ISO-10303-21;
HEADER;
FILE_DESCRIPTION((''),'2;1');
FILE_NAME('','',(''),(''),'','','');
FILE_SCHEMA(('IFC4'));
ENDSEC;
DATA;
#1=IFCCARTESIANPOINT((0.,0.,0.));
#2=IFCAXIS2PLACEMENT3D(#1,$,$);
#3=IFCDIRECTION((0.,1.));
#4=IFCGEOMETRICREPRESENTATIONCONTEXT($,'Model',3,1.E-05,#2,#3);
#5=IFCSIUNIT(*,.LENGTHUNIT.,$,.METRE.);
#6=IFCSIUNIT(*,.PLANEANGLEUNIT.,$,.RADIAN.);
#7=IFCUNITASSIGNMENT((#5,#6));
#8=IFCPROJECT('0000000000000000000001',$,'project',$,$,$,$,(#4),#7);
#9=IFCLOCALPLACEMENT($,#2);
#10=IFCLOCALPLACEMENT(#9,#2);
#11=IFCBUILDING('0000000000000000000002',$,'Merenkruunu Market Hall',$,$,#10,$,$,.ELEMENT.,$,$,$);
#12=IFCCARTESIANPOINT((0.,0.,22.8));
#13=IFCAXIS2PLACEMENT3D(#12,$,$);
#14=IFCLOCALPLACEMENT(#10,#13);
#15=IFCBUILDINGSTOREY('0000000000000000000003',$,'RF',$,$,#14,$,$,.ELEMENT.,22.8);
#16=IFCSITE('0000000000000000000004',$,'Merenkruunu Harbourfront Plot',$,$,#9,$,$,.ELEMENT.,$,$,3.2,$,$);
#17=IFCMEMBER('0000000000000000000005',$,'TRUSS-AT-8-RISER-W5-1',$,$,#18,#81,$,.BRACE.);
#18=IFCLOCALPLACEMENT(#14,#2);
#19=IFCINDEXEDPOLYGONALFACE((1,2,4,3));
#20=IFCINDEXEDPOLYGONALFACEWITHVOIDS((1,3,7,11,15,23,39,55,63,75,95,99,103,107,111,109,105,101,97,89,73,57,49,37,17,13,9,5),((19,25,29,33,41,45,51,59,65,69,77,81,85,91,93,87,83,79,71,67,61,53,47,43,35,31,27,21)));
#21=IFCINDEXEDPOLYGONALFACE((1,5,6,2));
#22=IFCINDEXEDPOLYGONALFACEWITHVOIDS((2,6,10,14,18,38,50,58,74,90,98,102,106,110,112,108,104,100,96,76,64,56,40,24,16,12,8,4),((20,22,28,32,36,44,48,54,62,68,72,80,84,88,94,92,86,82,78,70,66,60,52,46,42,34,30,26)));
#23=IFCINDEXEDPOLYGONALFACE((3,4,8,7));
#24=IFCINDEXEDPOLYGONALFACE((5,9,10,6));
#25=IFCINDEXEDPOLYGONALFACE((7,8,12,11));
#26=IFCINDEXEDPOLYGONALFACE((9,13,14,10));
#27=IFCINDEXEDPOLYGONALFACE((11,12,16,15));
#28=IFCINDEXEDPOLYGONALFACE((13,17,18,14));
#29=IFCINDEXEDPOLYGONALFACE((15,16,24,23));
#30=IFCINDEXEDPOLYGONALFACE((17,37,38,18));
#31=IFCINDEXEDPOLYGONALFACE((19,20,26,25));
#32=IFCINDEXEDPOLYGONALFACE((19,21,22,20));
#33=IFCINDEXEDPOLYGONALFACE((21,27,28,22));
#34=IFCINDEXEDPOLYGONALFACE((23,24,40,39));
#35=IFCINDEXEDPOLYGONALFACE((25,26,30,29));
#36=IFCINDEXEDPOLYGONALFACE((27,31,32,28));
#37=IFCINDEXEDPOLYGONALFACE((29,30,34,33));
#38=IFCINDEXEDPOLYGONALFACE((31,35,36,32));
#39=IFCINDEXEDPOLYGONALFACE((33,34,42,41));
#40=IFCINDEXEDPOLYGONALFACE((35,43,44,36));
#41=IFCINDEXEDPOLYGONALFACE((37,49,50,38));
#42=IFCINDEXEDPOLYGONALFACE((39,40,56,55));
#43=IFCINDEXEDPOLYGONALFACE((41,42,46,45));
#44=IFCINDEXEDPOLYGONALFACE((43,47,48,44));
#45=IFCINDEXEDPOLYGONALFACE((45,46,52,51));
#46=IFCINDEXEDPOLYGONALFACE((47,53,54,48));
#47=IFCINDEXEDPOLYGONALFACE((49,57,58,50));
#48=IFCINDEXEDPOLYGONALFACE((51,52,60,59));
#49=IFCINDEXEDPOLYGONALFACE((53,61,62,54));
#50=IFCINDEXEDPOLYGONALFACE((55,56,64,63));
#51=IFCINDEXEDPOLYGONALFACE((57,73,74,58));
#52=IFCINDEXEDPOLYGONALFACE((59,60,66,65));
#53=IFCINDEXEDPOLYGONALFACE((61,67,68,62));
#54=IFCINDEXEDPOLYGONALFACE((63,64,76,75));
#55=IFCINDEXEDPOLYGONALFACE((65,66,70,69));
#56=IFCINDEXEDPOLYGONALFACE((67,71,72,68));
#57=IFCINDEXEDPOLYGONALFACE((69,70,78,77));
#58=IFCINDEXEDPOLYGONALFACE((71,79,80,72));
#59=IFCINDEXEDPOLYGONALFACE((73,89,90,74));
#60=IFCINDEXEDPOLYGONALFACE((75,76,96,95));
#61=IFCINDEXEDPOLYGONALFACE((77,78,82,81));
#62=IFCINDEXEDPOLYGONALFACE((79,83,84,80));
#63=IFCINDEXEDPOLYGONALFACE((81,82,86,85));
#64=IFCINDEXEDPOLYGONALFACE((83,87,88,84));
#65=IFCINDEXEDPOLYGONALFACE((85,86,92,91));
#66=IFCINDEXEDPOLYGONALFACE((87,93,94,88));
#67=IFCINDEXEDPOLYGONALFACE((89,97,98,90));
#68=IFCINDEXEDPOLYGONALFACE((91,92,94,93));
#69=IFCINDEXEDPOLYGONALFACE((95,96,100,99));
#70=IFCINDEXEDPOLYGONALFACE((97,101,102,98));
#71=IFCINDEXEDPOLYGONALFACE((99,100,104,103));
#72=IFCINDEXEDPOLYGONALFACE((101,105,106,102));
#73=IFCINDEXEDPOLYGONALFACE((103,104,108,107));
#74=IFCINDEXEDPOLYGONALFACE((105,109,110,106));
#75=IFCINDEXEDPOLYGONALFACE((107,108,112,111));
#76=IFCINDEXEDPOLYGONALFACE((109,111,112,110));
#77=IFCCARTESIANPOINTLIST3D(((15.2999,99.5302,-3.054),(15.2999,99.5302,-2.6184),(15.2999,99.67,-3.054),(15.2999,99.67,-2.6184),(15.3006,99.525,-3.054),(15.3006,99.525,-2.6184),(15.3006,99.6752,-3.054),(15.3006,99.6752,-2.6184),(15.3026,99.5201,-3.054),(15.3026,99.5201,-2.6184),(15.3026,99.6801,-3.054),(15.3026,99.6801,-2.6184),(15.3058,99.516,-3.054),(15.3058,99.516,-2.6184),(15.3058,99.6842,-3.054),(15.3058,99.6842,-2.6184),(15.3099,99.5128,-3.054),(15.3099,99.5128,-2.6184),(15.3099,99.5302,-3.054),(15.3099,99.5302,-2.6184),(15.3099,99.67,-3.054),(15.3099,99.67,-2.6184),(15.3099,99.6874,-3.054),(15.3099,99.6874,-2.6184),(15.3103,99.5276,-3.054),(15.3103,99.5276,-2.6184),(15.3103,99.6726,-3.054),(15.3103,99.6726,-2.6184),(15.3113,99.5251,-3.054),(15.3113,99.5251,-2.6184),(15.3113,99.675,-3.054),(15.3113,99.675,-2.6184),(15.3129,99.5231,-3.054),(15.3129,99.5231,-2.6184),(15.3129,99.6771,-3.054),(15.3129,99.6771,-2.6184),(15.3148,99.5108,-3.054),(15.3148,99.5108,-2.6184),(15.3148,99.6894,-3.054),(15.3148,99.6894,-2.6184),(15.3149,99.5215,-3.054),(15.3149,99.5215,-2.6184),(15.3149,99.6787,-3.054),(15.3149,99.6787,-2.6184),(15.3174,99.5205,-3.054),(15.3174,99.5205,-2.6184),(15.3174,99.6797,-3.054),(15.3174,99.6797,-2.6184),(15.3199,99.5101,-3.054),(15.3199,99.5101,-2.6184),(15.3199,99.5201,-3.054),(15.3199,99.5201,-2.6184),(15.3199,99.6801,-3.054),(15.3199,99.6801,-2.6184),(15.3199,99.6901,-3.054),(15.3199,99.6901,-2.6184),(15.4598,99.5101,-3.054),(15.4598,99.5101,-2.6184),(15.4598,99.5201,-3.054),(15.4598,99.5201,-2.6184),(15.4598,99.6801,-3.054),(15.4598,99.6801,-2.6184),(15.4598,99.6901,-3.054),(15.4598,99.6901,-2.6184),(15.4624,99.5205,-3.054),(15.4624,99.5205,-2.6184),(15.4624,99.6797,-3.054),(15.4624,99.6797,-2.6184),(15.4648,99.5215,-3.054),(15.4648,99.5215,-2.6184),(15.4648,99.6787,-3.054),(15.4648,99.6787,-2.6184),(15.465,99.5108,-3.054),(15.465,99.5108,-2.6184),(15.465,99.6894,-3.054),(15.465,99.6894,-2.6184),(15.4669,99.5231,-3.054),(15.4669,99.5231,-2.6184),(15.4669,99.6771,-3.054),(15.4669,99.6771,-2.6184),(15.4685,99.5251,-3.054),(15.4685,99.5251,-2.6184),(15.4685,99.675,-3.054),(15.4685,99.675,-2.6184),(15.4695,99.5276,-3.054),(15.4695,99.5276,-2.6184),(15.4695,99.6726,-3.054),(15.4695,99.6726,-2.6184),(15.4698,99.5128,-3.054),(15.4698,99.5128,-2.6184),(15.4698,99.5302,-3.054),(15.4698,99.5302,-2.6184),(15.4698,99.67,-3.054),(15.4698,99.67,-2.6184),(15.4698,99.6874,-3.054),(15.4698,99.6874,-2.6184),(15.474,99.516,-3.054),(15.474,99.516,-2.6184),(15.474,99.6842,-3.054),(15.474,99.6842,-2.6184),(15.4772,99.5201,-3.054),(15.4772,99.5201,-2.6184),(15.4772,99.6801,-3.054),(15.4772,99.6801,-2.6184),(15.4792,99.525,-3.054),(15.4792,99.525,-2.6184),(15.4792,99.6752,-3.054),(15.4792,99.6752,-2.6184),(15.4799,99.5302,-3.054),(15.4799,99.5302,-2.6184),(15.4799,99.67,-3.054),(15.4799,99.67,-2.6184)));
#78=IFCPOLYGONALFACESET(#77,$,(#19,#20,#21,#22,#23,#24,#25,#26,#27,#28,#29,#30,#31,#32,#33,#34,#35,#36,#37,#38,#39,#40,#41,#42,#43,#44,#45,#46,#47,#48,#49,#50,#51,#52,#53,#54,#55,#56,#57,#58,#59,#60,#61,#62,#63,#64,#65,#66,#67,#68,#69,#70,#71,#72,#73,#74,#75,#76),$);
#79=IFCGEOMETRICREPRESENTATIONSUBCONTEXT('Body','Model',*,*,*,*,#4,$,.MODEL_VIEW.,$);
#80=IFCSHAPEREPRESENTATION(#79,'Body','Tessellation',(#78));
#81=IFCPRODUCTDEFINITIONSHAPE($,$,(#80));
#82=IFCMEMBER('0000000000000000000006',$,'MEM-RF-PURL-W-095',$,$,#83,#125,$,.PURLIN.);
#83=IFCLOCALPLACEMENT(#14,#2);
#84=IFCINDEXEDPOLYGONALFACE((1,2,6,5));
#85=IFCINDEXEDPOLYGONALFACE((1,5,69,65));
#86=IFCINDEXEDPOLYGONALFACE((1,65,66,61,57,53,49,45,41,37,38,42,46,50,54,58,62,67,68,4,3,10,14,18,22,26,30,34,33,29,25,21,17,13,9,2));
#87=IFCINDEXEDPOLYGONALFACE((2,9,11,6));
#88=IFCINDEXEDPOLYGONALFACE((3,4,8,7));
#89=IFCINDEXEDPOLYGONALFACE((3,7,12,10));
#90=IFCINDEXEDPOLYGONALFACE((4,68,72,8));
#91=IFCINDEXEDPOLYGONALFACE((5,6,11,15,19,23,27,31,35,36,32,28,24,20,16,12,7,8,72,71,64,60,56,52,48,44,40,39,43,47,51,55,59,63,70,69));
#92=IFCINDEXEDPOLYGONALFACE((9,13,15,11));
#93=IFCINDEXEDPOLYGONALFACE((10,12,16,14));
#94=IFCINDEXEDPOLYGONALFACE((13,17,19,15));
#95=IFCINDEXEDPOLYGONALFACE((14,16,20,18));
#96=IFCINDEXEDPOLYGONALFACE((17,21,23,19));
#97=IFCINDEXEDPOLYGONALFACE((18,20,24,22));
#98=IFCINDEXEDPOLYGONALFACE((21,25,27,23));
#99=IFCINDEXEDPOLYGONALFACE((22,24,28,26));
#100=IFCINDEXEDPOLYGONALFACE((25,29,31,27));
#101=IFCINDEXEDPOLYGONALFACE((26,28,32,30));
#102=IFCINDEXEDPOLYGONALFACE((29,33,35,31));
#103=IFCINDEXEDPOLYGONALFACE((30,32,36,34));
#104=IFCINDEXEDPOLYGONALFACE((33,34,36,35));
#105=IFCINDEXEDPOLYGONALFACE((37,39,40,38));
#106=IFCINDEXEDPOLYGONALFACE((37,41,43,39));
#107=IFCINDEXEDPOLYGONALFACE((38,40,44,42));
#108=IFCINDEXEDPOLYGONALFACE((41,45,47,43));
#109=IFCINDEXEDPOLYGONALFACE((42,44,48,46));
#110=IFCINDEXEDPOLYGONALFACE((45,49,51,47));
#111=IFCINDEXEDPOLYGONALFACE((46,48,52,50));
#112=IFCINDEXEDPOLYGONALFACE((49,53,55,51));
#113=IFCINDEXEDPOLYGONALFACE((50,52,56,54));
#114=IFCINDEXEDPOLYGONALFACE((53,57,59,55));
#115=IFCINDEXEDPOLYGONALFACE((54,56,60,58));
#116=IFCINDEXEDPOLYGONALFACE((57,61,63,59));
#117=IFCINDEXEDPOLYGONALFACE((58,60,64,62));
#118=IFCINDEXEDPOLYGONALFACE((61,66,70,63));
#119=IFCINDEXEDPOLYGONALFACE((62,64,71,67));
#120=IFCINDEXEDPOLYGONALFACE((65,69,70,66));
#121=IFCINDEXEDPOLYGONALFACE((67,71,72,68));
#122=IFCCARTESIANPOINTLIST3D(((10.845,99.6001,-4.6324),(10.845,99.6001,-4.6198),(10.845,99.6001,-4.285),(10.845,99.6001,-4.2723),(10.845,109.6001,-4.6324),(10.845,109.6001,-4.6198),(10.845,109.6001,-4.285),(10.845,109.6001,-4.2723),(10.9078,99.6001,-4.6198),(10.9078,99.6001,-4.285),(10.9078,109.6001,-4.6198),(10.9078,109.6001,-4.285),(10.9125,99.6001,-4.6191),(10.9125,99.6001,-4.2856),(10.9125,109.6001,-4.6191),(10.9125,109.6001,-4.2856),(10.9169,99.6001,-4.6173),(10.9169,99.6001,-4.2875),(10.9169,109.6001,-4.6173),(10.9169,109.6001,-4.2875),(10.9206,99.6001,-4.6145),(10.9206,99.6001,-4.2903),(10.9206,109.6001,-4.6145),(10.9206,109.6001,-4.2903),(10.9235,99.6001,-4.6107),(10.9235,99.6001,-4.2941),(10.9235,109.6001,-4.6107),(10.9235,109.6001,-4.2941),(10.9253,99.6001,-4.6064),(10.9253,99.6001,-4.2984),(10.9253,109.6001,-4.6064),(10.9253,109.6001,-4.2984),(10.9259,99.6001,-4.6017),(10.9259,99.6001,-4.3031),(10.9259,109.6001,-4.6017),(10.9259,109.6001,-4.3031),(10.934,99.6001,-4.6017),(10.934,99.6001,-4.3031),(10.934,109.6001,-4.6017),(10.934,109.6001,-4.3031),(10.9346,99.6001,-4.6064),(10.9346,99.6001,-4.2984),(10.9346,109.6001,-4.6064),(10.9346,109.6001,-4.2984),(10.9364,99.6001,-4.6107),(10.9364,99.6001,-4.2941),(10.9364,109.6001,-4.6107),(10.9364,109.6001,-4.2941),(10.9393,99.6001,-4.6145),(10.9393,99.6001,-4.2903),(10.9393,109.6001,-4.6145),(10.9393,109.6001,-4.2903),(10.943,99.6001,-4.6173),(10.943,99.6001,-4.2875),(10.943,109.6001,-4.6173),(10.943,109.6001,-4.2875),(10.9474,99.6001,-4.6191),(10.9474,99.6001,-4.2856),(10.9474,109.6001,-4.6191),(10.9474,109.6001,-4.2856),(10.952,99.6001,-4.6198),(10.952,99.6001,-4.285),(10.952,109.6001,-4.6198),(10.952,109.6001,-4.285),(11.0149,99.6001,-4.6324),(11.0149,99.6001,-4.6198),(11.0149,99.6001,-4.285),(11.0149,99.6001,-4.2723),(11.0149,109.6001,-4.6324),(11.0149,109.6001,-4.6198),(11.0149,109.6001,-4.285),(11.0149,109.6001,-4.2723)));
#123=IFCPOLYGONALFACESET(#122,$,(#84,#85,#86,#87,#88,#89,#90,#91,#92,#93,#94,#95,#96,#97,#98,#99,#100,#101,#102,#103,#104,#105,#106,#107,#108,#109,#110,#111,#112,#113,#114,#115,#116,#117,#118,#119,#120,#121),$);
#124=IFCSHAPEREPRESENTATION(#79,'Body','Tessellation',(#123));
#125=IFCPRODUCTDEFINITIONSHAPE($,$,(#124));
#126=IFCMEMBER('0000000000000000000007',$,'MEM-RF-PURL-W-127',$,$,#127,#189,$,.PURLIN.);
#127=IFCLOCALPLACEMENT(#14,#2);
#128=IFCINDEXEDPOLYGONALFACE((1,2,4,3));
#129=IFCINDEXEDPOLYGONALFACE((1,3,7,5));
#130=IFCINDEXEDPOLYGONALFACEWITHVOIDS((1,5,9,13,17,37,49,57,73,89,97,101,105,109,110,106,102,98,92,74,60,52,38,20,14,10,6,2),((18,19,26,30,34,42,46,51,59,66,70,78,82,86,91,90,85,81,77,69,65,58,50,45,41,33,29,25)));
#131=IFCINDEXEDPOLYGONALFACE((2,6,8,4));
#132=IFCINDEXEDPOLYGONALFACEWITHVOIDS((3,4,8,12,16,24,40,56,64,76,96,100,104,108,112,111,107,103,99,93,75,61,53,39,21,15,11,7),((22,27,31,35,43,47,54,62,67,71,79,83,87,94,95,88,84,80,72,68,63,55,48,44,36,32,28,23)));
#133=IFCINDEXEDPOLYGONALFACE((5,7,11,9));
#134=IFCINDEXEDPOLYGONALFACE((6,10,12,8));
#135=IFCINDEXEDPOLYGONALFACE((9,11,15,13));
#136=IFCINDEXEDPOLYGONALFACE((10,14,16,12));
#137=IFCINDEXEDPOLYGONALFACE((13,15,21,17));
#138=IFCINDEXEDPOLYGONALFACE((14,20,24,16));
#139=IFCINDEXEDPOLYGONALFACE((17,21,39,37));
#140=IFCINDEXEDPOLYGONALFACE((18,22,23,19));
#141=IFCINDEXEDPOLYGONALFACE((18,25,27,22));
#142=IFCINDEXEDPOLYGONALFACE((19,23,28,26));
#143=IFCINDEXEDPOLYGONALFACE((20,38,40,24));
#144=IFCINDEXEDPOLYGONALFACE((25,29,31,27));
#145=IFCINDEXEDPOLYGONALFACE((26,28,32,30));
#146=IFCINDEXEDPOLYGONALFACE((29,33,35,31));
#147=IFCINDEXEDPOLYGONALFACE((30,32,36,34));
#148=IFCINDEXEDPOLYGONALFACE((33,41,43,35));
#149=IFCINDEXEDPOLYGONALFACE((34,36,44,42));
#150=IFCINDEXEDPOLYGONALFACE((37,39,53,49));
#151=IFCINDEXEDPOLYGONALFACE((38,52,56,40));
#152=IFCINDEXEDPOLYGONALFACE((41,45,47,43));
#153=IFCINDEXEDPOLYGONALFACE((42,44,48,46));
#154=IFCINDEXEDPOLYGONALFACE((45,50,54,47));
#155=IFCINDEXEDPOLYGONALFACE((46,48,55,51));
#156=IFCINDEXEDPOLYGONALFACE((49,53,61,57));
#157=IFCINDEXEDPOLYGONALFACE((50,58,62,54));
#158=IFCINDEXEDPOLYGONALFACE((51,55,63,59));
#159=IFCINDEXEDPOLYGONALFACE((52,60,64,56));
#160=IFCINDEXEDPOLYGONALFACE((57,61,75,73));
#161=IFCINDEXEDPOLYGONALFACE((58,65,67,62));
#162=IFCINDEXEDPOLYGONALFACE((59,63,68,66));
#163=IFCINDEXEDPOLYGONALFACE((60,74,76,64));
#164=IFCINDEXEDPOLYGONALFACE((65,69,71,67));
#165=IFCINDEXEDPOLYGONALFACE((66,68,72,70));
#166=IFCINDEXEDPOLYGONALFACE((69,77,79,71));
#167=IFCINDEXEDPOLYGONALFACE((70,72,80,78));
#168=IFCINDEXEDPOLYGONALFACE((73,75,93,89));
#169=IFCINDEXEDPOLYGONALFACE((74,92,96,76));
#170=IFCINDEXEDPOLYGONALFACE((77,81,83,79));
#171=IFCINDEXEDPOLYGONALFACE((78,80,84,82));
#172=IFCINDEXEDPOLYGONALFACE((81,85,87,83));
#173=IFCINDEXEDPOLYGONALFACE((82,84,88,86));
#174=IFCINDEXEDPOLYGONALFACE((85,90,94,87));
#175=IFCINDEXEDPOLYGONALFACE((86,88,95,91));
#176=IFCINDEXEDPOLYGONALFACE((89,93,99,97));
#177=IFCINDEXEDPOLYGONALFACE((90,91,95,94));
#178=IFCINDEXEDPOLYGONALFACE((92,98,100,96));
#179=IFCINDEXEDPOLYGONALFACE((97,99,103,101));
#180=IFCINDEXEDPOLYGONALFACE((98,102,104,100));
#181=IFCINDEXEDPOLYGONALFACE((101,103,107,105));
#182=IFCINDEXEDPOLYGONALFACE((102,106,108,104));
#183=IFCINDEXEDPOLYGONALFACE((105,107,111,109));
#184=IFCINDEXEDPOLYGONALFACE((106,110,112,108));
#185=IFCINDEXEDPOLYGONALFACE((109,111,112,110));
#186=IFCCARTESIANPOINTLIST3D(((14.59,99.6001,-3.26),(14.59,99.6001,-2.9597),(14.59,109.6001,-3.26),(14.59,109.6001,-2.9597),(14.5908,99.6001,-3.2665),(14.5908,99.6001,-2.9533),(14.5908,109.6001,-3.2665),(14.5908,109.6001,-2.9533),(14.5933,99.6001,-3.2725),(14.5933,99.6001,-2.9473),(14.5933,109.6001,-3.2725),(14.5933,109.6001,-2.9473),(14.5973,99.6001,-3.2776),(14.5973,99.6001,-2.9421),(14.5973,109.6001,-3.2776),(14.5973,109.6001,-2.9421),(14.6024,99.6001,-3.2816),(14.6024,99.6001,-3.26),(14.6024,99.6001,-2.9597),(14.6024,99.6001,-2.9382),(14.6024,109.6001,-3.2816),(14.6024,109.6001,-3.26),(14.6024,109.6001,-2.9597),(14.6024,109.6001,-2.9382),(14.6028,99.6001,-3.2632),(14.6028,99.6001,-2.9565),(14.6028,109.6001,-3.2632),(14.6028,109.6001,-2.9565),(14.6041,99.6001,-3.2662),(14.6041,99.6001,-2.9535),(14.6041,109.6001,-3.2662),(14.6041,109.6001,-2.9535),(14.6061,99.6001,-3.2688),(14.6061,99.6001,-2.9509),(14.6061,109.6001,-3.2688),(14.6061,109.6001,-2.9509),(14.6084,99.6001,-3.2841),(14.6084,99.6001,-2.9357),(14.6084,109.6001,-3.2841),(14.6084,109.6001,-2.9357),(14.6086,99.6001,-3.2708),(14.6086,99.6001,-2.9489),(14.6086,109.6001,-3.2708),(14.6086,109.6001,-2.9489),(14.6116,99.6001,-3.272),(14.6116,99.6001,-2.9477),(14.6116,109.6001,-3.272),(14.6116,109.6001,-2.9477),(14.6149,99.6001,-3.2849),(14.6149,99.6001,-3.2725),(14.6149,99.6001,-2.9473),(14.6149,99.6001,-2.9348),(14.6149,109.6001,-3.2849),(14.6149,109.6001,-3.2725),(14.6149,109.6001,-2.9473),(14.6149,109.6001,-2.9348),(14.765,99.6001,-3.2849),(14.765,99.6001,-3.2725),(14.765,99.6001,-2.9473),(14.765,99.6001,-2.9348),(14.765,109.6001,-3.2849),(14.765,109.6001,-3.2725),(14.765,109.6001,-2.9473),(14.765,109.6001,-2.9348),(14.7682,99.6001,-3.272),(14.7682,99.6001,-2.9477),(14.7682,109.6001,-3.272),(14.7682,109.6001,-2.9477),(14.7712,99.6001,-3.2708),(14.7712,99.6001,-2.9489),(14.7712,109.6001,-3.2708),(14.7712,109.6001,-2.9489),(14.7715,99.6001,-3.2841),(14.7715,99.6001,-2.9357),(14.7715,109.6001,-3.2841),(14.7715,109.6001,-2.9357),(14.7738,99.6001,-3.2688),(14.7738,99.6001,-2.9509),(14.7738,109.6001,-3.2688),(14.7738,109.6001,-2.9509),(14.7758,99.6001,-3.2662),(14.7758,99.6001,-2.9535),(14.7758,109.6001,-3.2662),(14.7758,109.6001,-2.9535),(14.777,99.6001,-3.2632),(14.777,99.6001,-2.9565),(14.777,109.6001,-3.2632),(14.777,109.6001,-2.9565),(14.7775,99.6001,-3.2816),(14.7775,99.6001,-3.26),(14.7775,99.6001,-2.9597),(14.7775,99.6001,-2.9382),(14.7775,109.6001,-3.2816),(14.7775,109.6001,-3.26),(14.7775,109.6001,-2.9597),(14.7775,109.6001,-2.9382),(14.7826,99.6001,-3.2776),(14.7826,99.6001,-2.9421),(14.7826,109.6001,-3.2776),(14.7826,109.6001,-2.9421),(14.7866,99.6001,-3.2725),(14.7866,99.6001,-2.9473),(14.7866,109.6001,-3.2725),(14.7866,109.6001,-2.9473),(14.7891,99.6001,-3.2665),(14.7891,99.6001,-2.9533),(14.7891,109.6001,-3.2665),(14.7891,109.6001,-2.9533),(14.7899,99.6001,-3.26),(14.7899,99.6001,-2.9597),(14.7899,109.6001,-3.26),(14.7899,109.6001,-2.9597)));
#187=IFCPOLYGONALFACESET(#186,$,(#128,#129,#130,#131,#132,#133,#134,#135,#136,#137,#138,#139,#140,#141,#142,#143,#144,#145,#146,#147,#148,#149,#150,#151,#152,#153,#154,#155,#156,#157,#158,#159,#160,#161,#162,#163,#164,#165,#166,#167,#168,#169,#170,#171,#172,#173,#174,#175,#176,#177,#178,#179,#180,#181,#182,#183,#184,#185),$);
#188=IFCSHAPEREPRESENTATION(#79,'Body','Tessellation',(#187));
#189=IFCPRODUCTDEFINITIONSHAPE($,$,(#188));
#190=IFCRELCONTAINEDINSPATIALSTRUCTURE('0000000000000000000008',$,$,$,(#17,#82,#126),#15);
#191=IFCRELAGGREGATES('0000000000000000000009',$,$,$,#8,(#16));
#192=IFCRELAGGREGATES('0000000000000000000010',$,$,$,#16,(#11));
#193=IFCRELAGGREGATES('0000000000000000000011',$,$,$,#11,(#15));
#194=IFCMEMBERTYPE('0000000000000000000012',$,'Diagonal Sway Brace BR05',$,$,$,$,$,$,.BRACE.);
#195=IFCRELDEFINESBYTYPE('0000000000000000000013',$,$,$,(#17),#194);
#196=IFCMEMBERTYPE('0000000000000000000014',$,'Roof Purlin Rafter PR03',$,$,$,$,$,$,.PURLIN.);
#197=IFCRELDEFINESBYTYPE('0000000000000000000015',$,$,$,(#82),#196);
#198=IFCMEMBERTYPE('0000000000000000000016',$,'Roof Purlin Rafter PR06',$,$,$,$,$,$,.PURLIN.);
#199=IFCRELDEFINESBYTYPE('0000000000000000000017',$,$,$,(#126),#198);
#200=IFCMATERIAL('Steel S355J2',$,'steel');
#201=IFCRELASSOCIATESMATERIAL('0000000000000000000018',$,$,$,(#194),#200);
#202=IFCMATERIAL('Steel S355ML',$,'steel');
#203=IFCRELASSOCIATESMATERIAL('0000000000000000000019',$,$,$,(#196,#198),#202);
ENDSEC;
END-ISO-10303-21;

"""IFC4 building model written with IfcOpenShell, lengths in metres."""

from ifc_helpers import new_model, si_unit, direction, frame, origin, origin_2d, place, context, subcontext, project, spatial, hollow_rectangle, i_section, extrude, material, material_profile, profile_set, type_object, element, save


model = new_model("IFC4")

# Units and contexts
model_context = context("Model", 3, precision=1e-05, world=origin(), true_north=direction((0.0, 1.0)))
body_context = subcontext(model_context, "Body", "Model", "MODEL_VIEW")
ifc_project = project(units=[si_unit("LENGTHUNIT", "METRE"), si_unit("PLANEANGLEUNIT", "RADIAN")], contexts=[model_context])

# Site, building, storey
site_placement = place(None, origin())
site = spatial("IfcSite", under=ifc_project, at=site_placement, Name="Merenkruunu Harbourfront Plot", CompositionType="ELEMENT", RefElevation=3.2)
building_placement = place(site_placement, origin())
building = spatial("IfcBuilding", under=site, at=building_placement, Name="Merenkruunu Market Hall", CompositionType="ELEMENT")
storey_placement = place(building_placement, frame((0.0, 0.0, 22.8)))
storey = spatial("IfcBuildingStorey", under=building, at=storey_placement, Name="RF", CompositionType="ELEMENT", Elevation=22.8)

# Shared definitions
ifc_material_1 = material(Name="Steel S355ML", Category="steel")

# Members
ifc_material_2 = material(Name="Steel S355J2", Category="steel")
ifc_material_profile_1 = material_profile(ifc_material_2, hollow_rectangle(XDim=0.1799, YDim=0.1799, WallThickness=0.01, InnerFilletRadius=0.01, OuterFilletRadius=0.02, at=origin_2d()), Name="SHS 180x180x10")
ifc_profile_set_1 = profile_set([ifc_material_profile_1], Name="Steel S355J2")
member_type_1 = type_object("IfcMemberType", Name="Diagonal Sway Brace BR05", PredefinedType="BRACE", material=ifc_profile_set_1)
member_1_placement = place(storey_placement, frame((15.3899, 99.6001, -3.054), z_axis=(0.0, 0.0, 1.0), x_axis=(1.0, 0.0, 0.0)))
element("IfcMember", 1, at=member_1_placement, inside=storey, type_object=member_type_1, Name="TRUSS-AT-8-RISER-W5-1", PredefinedType="BRACE", context=body_context, shape_type="SweptSolid", body=[
    extrude(hollow_rectangle(XDim=0.1799, YDim=0.1799, WallThickness=0.01, InnerFilletRadius=0.01, OuterFilletRadius=0.02, at=origin_2d()), origin(), (0.0, 0.0, 1.0), 0.4355),
])
ifc_material_profile_2 = material_profile(ifc_material_1, i_section(OverallWidth=0.1699, OverallDepth=0.3601, WebThickness=0.0081, FlangeThickness=0.0127, FilletRadius=0.0181, at=origin_2d()), Name="IPE 360")
ifc_profile_set_2 = profile_set([ifc_material_profile_2], Name="Steel S355ML")
member_type_2 = type_object("IfcMemberType", Name="Roof Purlin Rafter PR03", PredefinedType="PURLIN", material=ifc_profile_set_2)
member_2_placement = place(storey_placement, frame((10.9299, 99.6001, -4.4524), z_axis=(0.0, 1.0, 0.0), x_axis=(-1.0, 0.0, 0.0)))
element("IfcMember", 2, at=member_2_placement, inside=storey, type_object=member_type_2, Name="MEM-RF-PURL-W-095", PredefinedType="PURLIN", context=body_context, shape_type="SweptSolid", body=[
    extrude(i_section(OverallWidth=0.1699, OverallDepth=0.3601, WebThickness=0.0081, FlangeThickness=0.0127, FilletRadius=0.0181, at=origin_2d()), origin(), (0.0, 0.0, 1.0), 10.0),
])
ifc_material_profile_3 = material_profile(ifc_material_1, hollow_rectangle(XDim=0.2, YDim=0.3501, WallThickness=0.0125, InnerFilletRadius=0.0125, OuterFilletRadius=0.0249, at=origin_2d()), Name="RHS 350x200x12.5")
ifc_profile_set_3 = profile_set([ifc_material_profile_3], Name="Steel S355ML")
member_type_3 = type_object("IfcMemberType", Name="Roof Purlin Rafter PR06", PredefinedType="PURLIN", material=ifc_profile_set_3)
member_3_placement = place(storey_placement, frame((14.6899, 99.6001, -3.1099), z_axis=(0.0, 1.0, 0.0), x_axis=(-1.0, 0.0, 0.0)))
element("IfcMember", 3, at=member_3_placement, inside=storey, type_object=member_type_3, Name="MEM-RF-PURL-W-127", PredefinedType="PURLIN", context=body_context, shape_type="SweptSolid", body=[
    extrude(hollow_rectangle(XDim=0.2, YDim=0.3501, WallThickness=0.0125, InnerFilletRadius=0.0125, OuterFilletRadius=0.0249, at=origin_2d()), origin(), (0.0, 0.0, 1.0), 10.0),
])

save(model, "model.ifc")
